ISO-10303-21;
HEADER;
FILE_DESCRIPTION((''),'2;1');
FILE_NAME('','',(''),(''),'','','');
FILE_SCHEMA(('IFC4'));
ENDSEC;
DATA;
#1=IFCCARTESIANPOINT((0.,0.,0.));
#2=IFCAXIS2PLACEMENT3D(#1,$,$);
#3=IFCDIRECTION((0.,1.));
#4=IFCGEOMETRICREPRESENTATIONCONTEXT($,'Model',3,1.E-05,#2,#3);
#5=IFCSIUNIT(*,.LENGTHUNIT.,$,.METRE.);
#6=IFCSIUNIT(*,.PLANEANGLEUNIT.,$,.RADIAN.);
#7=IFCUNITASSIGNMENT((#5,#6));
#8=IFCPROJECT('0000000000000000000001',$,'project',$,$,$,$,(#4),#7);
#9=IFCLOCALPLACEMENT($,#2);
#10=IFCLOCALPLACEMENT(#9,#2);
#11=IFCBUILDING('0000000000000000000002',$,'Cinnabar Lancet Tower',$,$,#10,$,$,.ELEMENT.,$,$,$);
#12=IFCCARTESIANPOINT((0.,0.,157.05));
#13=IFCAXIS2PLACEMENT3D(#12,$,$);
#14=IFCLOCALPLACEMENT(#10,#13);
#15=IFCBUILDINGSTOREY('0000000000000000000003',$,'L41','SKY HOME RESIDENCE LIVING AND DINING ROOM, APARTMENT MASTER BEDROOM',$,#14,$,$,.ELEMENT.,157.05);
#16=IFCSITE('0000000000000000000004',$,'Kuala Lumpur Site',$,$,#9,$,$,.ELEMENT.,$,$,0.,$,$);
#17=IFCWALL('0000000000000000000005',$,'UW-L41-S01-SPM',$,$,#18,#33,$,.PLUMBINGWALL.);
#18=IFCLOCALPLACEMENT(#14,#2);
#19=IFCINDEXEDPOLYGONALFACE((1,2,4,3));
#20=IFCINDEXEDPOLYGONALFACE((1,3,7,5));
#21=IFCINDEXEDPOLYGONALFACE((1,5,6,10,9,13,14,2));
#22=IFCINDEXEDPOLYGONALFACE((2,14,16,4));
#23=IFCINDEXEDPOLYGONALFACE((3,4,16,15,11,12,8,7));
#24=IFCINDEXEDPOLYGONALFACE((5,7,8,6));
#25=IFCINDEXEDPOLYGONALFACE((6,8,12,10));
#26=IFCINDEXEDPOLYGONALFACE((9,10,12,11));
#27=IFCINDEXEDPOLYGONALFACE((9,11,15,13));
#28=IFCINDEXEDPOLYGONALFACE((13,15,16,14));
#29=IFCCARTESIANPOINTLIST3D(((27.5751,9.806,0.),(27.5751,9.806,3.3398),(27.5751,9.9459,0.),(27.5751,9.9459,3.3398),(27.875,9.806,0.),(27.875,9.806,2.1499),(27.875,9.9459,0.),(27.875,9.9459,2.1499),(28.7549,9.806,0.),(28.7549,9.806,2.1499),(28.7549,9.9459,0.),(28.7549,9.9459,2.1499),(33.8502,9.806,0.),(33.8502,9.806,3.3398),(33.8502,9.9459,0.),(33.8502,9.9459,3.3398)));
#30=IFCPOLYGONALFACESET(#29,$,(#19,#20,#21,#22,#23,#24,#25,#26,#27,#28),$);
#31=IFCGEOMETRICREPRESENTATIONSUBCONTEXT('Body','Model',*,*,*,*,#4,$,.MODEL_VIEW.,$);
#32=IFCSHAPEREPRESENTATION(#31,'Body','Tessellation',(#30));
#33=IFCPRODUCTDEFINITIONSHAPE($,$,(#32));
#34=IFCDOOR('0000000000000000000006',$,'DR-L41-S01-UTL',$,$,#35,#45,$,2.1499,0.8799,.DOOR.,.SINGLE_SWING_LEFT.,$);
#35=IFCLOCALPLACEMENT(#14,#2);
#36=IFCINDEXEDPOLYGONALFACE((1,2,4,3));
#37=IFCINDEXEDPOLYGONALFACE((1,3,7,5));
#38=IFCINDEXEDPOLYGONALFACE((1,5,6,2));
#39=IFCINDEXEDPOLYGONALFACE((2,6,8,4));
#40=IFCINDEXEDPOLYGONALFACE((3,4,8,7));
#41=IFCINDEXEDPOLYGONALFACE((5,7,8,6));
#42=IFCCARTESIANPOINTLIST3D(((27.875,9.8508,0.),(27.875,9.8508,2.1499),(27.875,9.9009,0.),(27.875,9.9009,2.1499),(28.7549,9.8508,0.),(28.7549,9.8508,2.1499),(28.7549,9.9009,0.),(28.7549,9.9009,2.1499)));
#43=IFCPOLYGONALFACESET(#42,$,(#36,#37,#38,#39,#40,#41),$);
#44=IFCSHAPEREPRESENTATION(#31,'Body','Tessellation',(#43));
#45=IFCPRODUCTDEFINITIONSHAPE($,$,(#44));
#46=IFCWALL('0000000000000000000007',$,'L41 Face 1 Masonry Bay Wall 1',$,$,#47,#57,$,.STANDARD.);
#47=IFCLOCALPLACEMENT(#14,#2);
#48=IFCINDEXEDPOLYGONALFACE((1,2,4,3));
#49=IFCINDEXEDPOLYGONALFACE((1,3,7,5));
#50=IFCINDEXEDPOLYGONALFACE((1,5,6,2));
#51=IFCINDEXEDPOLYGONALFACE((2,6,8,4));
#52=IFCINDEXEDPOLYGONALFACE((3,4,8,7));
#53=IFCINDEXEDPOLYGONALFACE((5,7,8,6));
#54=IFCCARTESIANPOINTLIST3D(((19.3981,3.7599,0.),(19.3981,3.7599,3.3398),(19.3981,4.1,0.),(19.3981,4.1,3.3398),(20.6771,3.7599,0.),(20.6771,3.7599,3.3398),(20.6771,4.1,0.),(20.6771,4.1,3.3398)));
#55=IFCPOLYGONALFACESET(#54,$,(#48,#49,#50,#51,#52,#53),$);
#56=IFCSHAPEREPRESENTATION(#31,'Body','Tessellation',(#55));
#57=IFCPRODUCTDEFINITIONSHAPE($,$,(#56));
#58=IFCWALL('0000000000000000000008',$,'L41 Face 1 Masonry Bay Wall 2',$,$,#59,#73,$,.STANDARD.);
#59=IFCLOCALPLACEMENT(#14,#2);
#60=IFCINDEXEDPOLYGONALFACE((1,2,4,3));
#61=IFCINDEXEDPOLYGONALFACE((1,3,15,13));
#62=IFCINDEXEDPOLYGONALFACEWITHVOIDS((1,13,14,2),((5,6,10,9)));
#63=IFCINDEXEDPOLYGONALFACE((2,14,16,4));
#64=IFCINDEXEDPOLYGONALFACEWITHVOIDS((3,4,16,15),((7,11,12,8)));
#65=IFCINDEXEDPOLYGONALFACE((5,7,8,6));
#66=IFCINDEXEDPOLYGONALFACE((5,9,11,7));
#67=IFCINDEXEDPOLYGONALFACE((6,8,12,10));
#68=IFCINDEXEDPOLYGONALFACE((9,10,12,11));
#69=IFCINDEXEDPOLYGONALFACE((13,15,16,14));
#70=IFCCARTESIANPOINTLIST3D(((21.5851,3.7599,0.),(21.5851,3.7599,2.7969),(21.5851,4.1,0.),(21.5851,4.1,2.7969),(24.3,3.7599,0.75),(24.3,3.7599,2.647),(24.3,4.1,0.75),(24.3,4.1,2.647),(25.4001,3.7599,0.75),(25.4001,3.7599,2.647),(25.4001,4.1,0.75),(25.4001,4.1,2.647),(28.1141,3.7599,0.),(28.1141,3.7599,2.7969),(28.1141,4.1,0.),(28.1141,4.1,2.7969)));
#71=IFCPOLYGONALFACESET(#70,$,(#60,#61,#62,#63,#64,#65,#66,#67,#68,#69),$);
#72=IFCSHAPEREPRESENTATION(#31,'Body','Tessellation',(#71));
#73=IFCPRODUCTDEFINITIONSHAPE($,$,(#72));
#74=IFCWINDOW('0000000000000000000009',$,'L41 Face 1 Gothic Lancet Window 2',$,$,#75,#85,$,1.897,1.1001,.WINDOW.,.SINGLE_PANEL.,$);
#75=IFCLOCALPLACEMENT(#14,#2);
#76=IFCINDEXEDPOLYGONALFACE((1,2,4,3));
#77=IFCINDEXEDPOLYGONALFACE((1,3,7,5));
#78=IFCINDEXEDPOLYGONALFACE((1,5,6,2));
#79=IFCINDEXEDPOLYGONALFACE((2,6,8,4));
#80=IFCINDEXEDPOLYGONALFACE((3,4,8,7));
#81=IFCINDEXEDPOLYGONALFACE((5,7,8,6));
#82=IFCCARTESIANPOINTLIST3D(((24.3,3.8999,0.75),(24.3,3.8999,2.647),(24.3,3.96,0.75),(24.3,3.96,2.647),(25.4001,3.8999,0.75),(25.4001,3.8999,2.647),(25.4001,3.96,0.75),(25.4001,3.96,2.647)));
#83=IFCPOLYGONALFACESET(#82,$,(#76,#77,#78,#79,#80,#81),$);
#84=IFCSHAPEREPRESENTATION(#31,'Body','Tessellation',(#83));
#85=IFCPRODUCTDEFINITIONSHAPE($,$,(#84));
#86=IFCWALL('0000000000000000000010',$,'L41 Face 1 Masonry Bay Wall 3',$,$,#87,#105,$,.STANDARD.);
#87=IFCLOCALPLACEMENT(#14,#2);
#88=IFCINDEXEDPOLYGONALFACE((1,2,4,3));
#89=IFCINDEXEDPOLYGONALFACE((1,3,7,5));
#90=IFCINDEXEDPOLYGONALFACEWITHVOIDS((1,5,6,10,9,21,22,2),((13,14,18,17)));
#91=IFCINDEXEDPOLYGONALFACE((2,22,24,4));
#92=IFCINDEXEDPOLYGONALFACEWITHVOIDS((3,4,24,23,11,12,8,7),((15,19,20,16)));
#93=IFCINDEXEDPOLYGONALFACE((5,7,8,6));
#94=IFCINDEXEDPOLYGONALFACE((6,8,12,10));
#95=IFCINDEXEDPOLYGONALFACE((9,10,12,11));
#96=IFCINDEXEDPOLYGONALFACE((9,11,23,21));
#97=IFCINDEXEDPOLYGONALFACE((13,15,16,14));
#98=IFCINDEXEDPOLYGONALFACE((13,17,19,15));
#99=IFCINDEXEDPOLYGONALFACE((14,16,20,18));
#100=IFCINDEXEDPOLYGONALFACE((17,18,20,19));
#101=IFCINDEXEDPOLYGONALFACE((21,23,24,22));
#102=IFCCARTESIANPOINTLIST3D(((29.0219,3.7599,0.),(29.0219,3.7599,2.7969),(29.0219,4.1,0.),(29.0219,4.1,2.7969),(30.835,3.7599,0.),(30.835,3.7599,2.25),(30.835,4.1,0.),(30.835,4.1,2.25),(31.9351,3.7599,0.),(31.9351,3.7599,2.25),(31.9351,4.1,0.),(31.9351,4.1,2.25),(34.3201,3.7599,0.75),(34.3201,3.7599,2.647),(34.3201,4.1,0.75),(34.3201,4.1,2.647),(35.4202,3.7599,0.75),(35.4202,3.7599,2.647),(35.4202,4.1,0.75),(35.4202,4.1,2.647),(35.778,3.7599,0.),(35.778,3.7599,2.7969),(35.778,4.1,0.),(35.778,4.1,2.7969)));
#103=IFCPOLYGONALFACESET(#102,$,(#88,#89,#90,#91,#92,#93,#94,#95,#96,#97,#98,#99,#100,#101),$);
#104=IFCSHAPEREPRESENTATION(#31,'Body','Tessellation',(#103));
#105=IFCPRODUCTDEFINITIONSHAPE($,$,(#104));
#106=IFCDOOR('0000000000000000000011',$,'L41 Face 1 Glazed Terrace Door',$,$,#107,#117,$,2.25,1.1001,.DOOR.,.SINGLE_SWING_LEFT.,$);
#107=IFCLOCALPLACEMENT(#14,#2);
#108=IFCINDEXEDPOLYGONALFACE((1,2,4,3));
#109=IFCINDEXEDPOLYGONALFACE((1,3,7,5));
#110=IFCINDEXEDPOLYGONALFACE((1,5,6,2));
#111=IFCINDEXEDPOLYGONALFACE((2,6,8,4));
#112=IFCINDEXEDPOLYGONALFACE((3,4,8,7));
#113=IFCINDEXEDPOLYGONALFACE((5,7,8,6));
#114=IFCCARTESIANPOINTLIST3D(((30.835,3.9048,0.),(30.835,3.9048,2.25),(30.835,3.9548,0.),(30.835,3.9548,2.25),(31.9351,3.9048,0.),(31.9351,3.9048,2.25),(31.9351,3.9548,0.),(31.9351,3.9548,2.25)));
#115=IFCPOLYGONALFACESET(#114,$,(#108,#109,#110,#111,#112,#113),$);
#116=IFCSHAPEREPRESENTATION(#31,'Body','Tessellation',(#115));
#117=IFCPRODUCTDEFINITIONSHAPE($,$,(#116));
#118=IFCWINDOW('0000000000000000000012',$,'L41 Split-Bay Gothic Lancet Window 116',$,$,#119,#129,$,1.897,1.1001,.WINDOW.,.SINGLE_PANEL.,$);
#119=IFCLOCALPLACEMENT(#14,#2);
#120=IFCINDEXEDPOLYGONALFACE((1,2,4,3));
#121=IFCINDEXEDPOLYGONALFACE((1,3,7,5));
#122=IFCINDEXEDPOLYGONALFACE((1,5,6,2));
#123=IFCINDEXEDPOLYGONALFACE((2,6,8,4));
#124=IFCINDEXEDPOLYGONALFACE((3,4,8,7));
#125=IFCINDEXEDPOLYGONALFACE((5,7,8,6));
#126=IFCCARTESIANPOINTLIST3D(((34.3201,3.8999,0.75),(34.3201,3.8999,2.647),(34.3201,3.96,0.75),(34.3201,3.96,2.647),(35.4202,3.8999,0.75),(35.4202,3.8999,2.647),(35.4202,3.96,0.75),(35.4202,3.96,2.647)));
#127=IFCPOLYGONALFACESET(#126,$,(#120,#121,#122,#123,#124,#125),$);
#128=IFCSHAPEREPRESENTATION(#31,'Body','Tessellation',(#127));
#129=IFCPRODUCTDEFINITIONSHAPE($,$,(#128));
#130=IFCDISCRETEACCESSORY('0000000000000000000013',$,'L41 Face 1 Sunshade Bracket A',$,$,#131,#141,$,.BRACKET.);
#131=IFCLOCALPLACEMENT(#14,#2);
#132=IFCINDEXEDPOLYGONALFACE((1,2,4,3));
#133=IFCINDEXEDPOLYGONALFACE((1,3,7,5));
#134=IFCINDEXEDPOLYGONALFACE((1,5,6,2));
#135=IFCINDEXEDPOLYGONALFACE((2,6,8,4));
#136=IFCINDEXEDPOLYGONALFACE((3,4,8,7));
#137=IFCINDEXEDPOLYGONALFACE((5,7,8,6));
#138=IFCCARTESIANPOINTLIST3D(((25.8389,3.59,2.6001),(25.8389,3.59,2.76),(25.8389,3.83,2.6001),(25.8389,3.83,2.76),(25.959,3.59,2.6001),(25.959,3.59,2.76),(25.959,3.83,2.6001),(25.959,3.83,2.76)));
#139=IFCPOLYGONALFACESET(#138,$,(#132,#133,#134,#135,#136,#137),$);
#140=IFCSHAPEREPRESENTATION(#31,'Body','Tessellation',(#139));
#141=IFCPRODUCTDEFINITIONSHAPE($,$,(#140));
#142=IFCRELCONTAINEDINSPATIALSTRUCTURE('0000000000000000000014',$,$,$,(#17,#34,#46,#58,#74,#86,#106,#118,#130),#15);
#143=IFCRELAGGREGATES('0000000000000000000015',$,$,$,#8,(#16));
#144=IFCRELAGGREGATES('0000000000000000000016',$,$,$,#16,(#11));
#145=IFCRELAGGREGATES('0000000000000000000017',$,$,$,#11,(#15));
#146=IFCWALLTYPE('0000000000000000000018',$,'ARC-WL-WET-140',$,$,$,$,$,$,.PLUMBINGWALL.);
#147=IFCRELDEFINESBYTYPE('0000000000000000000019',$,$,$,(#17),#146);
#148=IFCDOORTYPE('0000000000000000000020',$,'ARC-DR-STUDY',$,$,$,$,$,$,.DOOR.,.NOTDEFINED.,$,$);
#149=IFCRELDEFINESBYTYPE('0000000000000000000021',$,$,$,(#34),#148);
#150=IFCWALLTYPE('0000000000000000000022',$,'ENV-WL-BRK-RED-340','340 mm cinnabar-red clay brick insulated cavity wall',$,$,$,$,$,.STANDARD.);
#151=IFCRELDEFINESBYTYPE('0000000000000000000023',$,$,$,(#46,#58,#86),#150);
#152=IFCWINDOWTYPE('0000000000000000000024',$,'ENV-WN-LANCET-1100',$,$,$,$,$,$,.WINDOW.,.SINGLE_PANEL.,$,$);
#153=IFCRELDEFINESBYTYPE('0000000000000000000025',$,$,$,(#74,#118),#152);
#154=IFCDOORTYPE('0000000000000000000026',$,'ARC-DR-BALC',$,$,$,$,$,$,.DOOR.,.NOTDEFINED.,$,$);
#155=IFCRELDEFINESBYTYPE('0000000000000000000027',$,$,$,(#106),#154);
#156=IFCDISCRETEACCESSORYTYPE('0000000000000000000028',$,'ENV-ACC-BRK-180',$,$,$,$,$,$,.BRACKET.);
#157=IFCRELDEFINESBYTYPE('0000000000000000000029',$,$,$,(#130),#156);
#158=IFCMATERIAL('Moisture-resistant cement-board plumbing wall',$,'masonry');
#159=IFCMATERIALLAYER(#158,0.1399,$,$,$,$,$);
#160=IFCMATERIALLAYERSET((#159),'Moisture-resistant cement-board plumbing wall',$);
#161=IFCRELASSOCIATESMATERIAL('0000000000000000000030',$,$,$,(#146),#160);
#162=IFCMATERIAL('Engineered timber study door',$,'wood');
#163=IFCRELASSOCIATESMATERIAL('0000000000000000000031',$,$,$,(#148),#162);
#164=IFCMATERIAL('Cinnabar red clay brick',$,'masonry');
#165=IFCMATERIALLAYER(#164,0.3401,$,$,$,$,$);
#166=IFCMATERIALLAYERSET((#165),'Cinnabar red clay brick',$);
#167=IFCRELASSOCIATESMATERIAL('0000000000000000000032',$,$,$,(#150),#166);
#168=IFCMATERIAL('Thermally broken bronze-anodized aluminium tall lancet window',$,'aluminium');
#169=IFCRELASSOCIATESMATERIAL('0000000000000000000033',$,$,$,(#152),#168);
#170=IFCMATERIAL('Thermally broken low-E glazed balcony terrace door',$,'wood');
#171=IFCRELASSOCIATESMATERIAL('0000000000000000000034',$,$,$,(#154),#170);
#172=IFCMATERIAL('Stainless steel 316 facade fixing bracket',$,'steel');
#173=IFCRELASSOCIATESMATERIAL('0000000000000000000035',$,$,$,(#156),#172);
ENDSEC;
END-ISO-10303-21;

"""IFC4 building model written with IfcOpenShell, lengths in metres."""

from ifc_helpers import new_model, si_unit, direction, frame, frame_2d, origin, origin_2d, place, context, subcontext, project, spatial, rectangle, extrude, material, layer, layer_set, type_object, element, fill, save


model = new_model("IFC4")

# Units and contexts
model_context = context("Model", 3, precision=1e-05, world=origin(), true_north=direction((0.0, 1.0)))
body_context = subcontext(model_context, "Body", "Model", "MODEL_VIEW")
ifc_project = project(units=[si_unit("LENGTHUNIT", "METRE"), si_unit("PLANEANGLEUNIT", "RADIAN")], contexts=[model_context])

# Site, building, storey
site_placement = place(None, origin())
site = spatial("IfcSite", under=ifc_project, at=site_placement, Name="Kuala Lumpur Site", CompositionType="ELEMENT", RefElevation=0.0)
building_placement = place(site_placement, origin())
building = spatial("IfcBuilding", under=site, at=building_placement, Name="Cinnabar Lancet Tower", CompositionType="ELEMENT")
storey_placement = place(building_placement, frame((0.0, 0.0, 157.05)))
storey = spatial("IfcBuildingStorey", under=building, at=storey_placement, Name="L41", Description="SKY HOME RESIDENCE LIVING AND DINING ROOM, APARTMENT MASTER BEDROOM", CompositionType="ELEMENT", Elevation=157.05)

# Shared definitions
ifc_material_1 = material(Name="Moisture-resistant cement-board plumbing wall", Category="masonry")
ifc_layer_1 = layer(ifc_material_1, 0.1399)
ifc_layer_set_1 = layer_set([ifc_layer_1], Name="Moisture-resistant cement-board plumbing wall")
wall_type_1 = type_object("IfcWallType", Name="ARC-WL-WET-140", PredefinedType="PLUMBINGWALL", material=ifc_layer_set_1)
ifc_material_2 = material(Name="Engineered timber study door", Category="wood")
door_type_1 = type_object("IfcDoorType", Name="ARC-DR-STUDY", OperationType="NOTDEFINED", PredefinedType="DOOR", material=ifc_material_2)

# Wall, opening, door
wall_1_placement = place(storey_placement, frame((27.575, 9.876, 0.0), z_axis=(0.0, 0.0, 1.0), x_axis=(1.0, 0.0, 0.0)))
wall_1 = element("IfcWall", 1, at=wall_1_placement, inside=storey, type_object=wall_type_1, Name="UW-L41-S01-SPM", PredefinedType="PLUMBINGWALL", context=body_context, shape_type="SweptSolid", body=[
    extrude(rectangle(XDim=6.2751, YDim=0.1399, at=frame_2d((3.1377, 0.0))), origin(), (0.0, 0.0, 1.0), 3.3398),
])
opening_1_placement = place(wall_1_placement, frame((0.3, 0.0, 0.0)))
opening_1 = element("IfcOpeningElement", 2, at=opening_1_placement, cuts=wall_1, PredefinedType="OPENING", context=body_context, shape_type="SweptSolid", body=[
    extrude(rectangle(XDim=0.8799, YDim=2.1499, at=frame_2d((0.4399, 1.075))), frame((0.0, 0.0798, 0.0), z_axis=(0.0, -1.0, 0.0), x_axis=(1.0, 0.0, 0.0)), (0.0, 0.0, 1.0), 0.1599),
])
door_1_placement = place(opening_1_placement, origin())
door_1 = element("IfcDoor", 3, at=door_1_placement, inside=storey, type_object=door_type_1, Name="DR-L41-S01-UTL", OperationType="SINGLE_SWING_LEFT", OverallHeight=2.1499, OverallWidth=0.8799, PredefinedType="DOOR", context=body_context, shape_type="SweptSolid", body=[
    extrude(rectangle(XDim=0.8799, YDim=2.1499, at=frame_2d((0.4399, 1.075))), frame((0.0, 0.0249, 0.0), z_axis=(0.0, -1.0, 0.0), x_axis=(1.0, 0.0, 0.0)), (0.0, 0.0, 1.0), 0.05),
])
fill(opening_1, door_1)

# Wall
ifc_material_3 = material(Name="Cinnabar red clay brick", Category="masonry")
ifc_layer_2 = layer(ifc_material_3, 0.3401)
ifc_layer_set_2 = layer_set([ifc_layer_2], Name="Cinnabar red clay brick")
wall_type_2 = type_object("IfcWallType", Name="ENV-WL-BRK-RED-340", Description="340 mm cinnabar-red clay brick insulated cavity wall", PredefinedType="STANDARD", material=ifc_layer_set_2)
wall_2_placement = place(storey_placement, frame((19.3979, 3.9299, 0.0), z_axis=(0.0, 0.0, 1.0), x_axis=(1.0, 0.0, 0.0)))
element("IfcWall", 4, at=wall_2_placement, inside=storey, type_object=wall_type_2, Name="L41 Face 1 Masonry Bay Wall 1", PredefinedType="STANDARD", context=body_context, shape_type="SweptSolid", body=[
    extrude(rectangle(XDim=1.2791, YDim=0.3401, at=frame_2d((0.6396, 0.0))), origin(), (0.0, 0.0, 1.0), 3.3398),
])

# Wall, opening, window
wall_3_placement = place(storey_placement, frame((21.585, 3.9299, 0.0), z_axis=(0.0, 0.0, 1.0), x_axis=(1.0, 0.0, 0.0)))
wall_3 = element("IfcWall", 5, at=wall_3_placement, inside=storey, type_object=wall_type_2, Name="L41 Face 1 Masonry Bay Wall 2", PredefinedType="STANDARD", context=body_context, shape_type="SweptSolid", body=[
    extrude(rectangle(XDim=6.5291, YDim=0.3401, at=frame_2d((3.2646, 0.0))), origin(), (0.0, 0.0, 1.0), 2.7969),
])
opening_2_placement = place(wall_3_placement, frame((2.7151, 0.0, 0.75)))
opening_2 = element("IfcOpeningElement", 6, at=opening_2_placement, cuts=wall_3, PredefinedType="OPENING", context=body_context, shape_type="SweptSolid", body=[
    extrude(rectangle(XDim=1.1001, YDim=1.897, at=frame_2d((0.55, 0.9485))), frame((0.0, 0.1799, 0.0), z_axis=(0.0, -1.0, 0.0), x_axis=(1.0, 0.0, 0.0)), (0.0, 0.0, 1.0), 0.3601),
])
ifc_material_4 = material(Name="Thermally broken bronze-anodized aluminium tall lancet window", Category="aluminium")
window_type = type_object("IfcWindowType", Name="ENV-WN-LANCET-1100", PartitioningType="SINGLE_PANEL", PredefinedType="WINDOW", material=ifc_material_4)
window_1_placement = place(opening_2_placement, origin())
window_1 = element("IfcWindow", 7, at=window_1_placement, inside=storey, type_object=window_type, Name="L41 Face 1 Gothic Lancet Window 2", OverallHeight=1.897, OverallWidth=1.1001, PartitioningType="SINGLE_PANEL", PredefinedType="WINDOW", context=body_context, shape_type="SweptSolid", body=[
    extrude(rectangle(XDim=1.1001, YDim=1.897, at=frame_2d((0.55, 0.9485))), frame((0.0, 0.03, 0.0), z_axis=(0.0, -1.0, 0.0), x_axis=(1.0, 0.0, 0.0)), (0.0, 0.0, 1.0), 0.0601),
])
fill(opening_2, window_1)

# Wall, openings, door, window
wall_4_placement = place(storey_placement, frame((29.022, 3.9299, 0.0), z_axis=(0.0, 0.0, 1.0), x_axis=(1.0, 0.0, 0.0)))
wall_4 = element("IfcWall", 8, at=wall_4_placement, inside=storey, type_object=wall_type_2, Name="L41 Face 1 Masonry Bay Wall 3", PredefinedType="STANDARD", context=body_context, shape_type="SweptSolid", body=[
    extrude(rectangle(XDim=6.7561, YDim=0.3401, at=frame_2d((3.3779, 0.0))), origin(), (0.0, 0.0, 1.0), 2.7969),
])
opening_3_placement = place(wall_4_placement, frame((1.813, 0.0, 0.0)))
opening_3 = element("IfcOpeningElement", 9, at=opening_3_placement, cuts=wall_4, PredefinedType="OPENING", context=body_context, shape_type="SweptSolid", body=[
    extrude(rectangle(XDim=1.1001, YDim=2.25, at=frame_2d((0.55, 1.125))), frame((0.0, 0.1799, 0.0), z_axis=(0.0, -1.0, 0.0), x_axis=(1.0, 0.0, 0.0)), (0.0, 0.0, 1.0), 0.3601),
])
opening_4_placement = place(wall_4_placement, frame((5.2981, 0.0, 0.75)))
opening_4 = element("IfcOpeningElement", 10, at=opening_4_placement, cuts=wall_4, PredefinedType="OPENING", context=body_context, shape_type="SweptSolid", body=[
    extrude(rectangle(XDim=1.1001, YDim=1.897, at=frame_2d((0.55, 0.9485))), frame((0.0, 0.1799, 0.0), z_axis=(0.0, -1.0, 0.0), x_axis=(1.0, 0.0, 0.0)), (0.0, 0.0, 1.0), 0.3601),
])
ifc_material_5 = material(Name="Thermally broken low-E glazed balcony terrace door", Category="wood")
door_type_2 = type_object("IfcDoorType", Name="ARC-DR-BALC", OperationType="NOTDEFINED", PredefinedType="DOOR", material=ifc_material_5)
door_2_placement = place(opening_3_placement, origin())
door_2 = element("IfcDoor", 11, at=door_2_placement, inside=storey, type_object=door_type_2, Name="L41 Face 1 Glazed Terrace Door", OperationType="SINGLE_SWING_LEFT", OverallHeight=2.25, OverallWidth=1.1001, PredefinedType="DOOR", context=body_context, shape_type="SweptSolid", body=[
    extrude(rectangle(XDim=1.1001, YDim=2.25, at=frame_2d((0.55, 1.125))), frame((0.0, 0.0249, 0.0), z_axis=(0.0, -1.0, 0.0), x_axis=(1.0, 0.0, 0.0)), (0.0, 0.0, 1.0), 0.05),
])
fill(opening_3, door_2)
window_2_placement = place(opening_4_placement, origin())
window_2 = element("IfcWindow", 12, at=window_2_placement, inside=storey, type_object=window_type, Name="L41 Split-Bay Gothic Lancet Window 116", OverallHeight=1.897, OverallWidth=1.1001, PartitioningType="SINGLE_PANEL", PredefinedType="WINDOW", context=body_context, shape_type="SweptSolid", body=[
    extrude(rectangle(XDim=1.1001, YDim=1.897, at=frame_2d((0.55, 0.9485))), frame((0.0, 0.03, 0.0), z_axis=(0.0, -1.0, 0.0), x_axis=(1.0, 0.0, 0.0)), (0.0, 0.0, 1.0), 0.0601),
])
fill(opening_4, window_2)

# Discrete accessory
ifc_material_6 = material(Name="Stainless steel 316 facade fixing bracket", Category="steel")
discrete_accessory_type = type_object("IfcDiscreteAccessoryType", Name="ENV-ACC-BRK-180", PredefinedType="BRACKET", material=ifc_material_6)
discrete_accessory_placement = place(storey_placement, frame((25.8989, 3.71, 2.6001), z_axis=(0.0, 0.0, 1.0), x_axis=(1.0, 0.0, 0.0)))
element("IfcDiscreteAccessory", 13, at=discrete_accessory_placement, inside=storey, type_object=discrete_accessory_type, Name="L41 Face 1 Sunshade Bracket A", PredefinedType="BRACKET", context=body_context, shape_type="SweptSolid", body=[
    extrude(rectangle(XDim=0.1201, YDim=0.24, at=origin_2d()), origin(), (0.0, 0.0, 1.0), 0.1599),
])

save(model, "model.ifc")
